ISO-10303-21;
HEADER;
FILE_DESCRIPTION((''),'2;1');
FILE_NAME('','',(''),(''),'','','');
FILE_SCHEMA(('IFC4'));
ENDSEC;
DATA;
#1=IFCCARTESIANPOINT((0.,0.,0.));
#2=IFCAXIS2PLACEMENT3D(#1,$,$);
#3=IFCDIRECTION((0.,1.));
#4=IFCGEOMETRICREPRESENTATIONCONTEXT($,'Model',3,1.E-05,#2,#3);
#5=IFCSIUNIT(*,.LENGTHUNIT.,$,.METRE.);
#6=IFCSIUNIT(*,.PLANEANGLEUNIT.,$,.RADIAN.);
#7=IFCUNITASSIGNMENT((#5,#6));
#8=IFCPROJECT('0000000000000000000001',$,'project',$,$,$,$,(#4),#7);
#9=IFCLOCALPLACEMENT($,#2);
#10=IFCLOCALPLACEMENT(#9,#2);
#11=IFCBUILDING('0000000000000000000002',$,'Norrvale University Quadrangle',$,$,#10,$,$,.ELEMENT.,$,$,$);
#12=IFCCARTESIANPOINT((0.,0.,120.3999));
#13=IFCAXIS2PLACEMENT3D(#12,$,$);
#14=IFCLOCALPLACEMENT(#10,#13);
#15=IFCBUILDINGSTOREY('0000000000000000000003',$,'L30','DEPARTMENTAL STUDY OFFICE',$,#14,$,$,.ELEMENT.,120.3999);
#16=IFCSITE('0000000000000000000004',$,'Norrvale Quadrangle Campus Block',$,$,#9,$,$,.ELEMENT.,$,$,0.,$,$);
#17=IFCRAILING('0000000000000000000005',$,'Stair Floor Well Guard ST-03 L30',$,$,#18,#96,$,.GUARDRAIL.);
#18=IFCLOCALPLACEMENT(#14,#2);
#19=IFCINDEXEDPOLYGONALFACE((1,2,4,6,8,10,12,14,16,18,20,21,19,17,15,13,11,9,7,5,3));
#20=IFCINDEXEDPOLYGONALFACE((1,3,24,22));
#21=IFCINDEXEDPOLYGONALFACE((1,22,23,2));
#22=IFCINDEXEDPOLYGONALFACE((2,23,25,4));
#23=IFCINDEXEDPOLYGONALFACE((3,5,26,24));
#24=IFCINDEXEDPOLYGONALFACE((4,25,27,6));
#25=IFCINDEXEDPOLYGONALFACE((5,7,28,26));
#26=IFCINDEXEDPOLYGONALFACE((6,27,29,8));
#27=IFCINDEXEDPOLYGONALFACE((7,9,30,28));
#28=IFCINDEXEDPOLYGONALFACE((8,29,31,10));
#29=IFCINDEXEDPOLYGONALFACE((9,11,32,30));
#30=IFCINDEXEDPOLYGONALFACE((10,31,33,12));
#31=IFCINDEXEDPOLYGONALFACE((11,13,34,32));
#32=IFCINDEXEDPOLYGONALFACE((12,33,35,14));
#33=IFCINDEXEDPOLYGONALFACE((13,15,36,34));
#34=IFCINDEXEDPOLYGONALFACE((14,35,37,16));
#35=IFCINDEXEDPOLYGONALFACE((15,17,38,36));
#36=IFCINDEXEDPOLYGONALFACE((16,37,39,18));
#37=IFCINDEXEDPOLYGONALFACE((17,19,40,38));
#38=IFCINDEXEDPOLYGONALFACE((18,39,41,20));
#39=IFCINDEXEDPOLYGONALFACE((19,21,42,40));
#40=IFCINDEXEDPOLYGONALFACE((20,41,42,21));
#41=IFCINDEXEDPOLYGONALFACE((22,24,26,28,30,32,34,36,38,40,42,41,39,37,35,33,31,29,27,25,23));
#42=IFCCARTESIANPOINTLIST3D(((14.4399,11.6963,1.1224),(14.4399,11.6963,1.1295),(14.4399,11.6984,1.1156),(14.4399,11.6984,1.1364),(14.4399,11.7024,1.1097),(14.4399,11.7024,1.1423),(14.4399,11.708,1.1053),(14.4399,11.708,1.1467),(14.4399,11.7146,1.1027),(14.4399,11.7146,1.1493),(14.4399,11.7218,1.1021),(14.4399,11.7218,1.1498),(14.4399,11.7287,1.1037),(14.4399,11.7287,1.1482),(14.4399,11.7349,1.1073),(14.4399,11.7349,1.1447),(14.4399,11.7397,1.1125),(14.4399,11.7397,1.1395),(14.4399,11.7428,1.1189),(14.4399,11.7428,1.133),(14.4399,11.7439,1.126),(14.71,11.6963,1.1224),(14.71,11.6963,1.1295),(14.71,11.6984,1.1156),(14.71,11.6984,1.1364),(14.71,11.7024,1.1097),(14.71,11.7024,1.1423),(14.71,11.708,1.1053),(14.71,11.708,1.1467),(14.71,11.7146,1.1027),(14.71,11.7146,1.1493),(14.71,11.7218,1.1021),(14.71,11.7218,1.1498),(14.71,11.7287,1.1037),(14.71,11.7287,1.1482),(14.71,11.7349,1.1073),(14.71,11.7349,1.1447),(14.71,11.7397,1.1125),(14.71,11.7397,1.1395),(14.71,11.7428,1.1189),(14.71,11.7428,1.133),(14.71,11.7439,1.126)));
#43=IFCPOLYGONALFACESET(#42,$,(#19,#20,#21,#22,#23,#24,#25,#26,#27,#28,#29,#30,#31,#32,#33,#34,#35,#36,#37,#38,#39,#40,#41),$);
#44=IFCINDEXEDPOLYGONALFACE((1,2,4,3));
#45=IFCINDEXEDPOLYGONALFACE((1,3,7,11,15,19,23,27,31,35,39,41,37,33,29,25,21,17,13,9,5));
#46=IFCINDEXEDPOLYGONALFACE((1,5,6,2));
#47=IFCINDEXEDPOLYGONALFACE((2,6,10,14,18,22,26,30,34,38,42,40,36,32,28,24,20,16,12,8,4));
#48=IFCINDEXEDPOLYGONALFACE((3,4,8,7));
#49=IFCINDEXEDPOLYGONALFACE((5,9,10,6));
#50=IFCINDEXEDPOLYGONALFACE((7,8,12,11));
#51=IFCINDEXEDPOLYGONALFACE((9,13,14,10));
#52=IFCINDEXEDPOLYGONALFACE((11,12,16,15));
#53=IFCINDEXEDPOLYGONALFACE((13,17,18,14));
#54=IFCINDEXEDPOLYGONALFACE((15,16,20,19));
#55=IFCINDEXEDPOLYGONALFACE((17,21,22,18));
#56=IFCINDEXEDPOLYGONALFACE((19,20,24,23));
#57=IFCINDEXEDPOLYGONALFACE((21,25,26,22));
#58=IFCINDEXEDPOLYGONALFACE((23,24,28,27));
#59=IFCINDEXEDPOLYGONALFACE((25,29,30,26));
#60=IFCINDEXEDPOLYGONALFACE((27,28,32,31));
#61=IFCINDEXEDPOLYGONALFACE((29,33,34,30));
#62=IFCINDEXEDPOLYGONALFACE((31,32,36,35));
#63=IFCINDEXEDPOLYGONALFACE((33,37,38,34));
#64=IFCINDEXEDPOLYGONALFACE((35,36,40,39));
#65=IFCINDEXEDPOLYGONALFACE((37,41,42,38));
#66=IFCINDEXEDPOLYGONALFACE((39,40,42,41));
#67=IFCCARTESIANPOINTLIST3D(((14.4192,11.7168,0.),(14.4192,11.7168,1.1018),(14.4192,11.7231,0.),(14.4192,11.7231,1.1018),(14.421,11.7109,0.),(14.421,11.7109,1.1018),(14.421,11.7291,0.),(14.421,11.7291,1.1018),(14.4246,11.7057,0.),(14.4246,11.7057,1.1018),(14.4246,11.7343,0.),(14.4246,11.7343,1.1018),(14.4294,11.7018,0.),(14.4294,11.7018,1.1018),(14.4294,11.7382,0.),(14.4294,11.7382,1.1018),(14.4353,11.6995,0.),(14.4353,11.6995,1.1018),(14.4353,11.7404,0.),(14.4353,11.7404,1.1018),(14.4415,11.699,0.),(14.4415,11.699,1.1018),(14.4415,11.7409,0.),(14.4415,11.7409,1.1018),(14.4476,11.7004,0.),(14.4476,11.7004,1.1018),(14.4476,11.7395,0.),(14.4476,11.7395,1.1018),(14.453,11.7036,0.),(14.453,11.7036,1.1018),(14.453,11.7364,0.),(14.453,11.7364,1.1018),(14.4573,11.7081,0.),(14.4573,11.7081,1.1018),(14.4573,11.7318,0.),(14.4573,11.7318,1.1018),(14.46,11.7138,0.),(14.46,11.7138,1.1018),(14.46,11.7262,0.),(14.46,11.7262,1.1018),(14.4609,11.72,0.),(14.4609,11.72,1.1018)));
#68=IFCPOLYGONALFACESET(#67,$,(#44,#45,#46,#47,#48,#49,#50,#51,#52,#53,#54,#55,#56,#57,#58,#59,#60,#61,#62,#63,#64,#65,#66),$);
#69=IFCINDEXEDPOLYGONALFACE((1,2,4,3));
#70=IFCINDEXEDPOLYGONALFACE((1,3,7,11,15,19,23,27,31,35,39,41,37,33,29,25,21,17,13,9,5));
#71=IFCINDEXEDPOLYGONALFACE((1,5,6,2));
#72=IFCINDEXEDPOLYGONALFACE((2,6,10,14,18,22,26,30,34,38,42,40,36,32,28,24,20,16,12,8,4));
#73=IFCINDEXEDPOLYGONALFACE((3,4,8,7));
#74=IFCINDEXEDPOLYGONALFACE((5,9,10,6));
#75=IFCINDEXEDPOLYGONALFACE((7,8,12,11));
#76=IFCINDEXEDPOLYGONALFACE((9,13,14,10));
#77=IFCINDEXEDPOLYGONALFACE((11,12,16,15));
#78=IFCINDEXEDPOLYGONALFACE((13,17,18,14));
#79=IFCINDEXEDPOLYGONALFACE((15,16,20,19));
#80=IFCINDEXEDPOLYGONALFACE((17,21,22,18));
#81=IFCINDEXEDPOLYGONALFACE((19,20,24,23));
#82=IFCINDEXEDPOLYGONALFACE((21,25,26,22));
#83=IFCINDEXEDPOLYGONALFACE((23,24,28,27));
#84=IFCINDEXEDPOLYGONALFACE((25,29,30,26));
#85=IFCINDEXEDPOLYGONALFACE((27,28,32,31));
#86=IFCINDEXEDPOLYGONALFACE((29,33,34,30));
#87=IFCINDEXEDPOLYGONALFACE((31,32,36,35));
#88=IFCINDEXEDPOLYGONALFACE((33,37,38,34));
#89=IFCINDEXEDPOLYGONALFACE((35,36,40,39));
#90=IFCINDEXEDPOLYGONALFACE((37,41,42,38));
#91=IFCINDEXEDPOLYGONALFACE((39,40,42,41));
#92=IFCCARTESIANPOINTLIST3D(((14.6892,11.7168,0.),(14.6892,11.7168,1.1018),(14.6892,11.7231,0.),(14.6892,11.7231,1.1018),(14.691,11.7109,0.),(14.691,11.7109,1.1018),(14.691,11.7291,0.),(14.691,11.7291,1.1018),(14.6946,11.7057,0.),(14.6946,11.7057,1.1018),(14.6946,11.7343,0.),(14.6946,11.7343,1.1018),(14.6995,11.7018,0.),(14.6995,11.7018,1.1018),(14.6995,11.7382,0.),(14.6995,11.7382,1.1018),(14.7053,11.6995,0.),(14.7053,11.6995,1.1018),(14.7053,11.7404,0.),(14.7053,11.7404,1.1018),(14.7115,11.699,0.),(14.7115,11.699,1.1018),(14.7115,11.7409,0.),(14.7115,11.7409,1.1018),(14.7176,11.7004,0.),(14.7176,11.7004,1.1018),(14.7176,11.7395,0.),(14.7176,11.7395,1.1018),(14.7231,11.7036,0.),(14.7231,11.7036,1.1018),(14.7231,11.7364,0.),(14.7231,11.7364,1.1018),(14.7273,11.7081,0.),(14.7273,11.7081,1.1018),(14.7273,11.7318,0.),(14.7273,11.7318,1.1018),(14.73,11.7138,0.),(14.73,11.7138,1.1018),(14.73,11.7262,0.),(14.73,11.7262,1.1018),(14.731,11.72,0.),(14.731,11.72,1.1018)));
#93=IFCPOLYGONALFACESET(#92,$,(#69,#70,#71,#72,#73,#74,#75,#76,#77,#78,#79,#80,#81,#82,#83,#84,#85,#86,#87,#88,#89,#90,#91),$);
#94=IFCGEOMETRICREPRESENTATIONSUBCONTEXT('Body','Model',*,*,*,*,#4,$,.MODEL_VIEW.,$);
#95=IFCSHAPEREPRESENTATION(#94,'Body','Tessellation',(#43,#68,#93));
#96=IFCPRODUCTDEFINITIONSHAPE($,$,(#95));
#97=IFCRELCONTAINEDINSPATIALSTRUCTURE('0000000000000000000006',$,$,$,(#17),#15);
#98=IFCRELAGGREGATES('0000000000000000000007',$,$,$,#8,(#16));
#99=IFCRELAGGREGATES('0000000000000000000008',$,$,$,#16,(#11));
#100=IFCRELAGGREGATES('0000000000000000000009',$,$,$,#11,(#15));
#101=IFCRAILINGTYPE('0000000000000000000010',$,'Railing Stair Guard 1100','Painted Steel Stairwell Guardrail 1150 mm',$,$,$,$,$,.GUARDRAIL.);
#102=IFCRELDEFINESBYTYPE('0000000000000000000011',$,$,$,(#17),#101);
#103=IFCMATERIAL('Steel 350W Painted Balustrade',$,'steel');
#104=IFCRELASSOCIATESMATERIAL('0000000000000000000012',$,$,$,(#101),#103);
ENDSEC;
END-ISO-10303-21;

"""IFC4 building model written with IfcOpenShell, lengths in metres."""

from ifc_helpers import new_model, si_unit, direction, frame, origin, origin_2d, place, context, subcontext, project, spatial, circle, extrude, material, type_object, element, save


model = new_model("IFC4")

# Units and contexts
model_context = context("Model", 3, precision=1e-05, world=origin(), true_north=direction((0.0, 1.0)))
body_context = subcontext(model_context, "Body", "Model", "MODEL_VIEW")
ifc_project = project(units=[si_unit("LENGTHUNIT", "METRE"), si_unit("PLANEANGLEUNIT", "RADIAN")], contexts=[model_context])

# Site, building, storey
site_placement = place(None, origin())
site = spatial("IfcSite", under=ifc_project, at=site_placement, Name="Norrvale Quadrangle Campus Block", CompositionType="ELEMENT", RefElevation=0.0)
building_placement = place(site_placement, origin())
building = spatial("IfcBuilding", under=site, at=building_placement, Name="Norrvale University Quadrangle", CompositionType="ELEMENT")
storey_placement = place(building_placement, frame((0.0, 0.0, 120.3999)))
storey = spatial("IfcBuildingStorey", under=building, at=storey_placement, Name="L30", Description="DEPARTMENTAL STUDY OFFICE", CompositionType="ELEMENT", Elevation=120.3999)

# Railing
ifc_material_1 = material(Name="Steel 350W Painted Balustrade", Category="steel")
railing_type_1 = type_object("IfcRailingType", Name="Railing Stair Guard 1100", Description="Painted Steel Stairwell Guardrail 1150 mm", PredefinedType="GUARDRAIL", material=ifc_material_1)
for number, where, name in (
    (1, (14.4399, 11.72, 0.0), "Stair Floor Well Guard ST-03 L30"),
):
    element("IfcRailing", number, at=place(storey_placement, frame(where)), inside=storey, type_object=railing_type_1, Name=name, PredefinedType="GUARDRAIL", context=body_context, shape_type="SweptSolid", body=[
        extrude(circle(Radius=0.0239, at=origin_2d()), frame((0.0, 0.0, 1.126), z_axis=(1.0, 0.0, 0.0), x_axis=(0.0, 1.0, 0.0)), (0.0, 0.0, 1.0), 0.27),
        extrude(circle(Radius=0.021, at=origin_2d()), origin(), (0.0, 0.0, 1.0), 1.1018),
        extrude(circle(Radius=0.021, at=origin_2d()), frame((0.27, 0.0, 0.0)), (0.0, 0.0, 1.0), 1.1018),
    ])

save(model, "model.ifc")
